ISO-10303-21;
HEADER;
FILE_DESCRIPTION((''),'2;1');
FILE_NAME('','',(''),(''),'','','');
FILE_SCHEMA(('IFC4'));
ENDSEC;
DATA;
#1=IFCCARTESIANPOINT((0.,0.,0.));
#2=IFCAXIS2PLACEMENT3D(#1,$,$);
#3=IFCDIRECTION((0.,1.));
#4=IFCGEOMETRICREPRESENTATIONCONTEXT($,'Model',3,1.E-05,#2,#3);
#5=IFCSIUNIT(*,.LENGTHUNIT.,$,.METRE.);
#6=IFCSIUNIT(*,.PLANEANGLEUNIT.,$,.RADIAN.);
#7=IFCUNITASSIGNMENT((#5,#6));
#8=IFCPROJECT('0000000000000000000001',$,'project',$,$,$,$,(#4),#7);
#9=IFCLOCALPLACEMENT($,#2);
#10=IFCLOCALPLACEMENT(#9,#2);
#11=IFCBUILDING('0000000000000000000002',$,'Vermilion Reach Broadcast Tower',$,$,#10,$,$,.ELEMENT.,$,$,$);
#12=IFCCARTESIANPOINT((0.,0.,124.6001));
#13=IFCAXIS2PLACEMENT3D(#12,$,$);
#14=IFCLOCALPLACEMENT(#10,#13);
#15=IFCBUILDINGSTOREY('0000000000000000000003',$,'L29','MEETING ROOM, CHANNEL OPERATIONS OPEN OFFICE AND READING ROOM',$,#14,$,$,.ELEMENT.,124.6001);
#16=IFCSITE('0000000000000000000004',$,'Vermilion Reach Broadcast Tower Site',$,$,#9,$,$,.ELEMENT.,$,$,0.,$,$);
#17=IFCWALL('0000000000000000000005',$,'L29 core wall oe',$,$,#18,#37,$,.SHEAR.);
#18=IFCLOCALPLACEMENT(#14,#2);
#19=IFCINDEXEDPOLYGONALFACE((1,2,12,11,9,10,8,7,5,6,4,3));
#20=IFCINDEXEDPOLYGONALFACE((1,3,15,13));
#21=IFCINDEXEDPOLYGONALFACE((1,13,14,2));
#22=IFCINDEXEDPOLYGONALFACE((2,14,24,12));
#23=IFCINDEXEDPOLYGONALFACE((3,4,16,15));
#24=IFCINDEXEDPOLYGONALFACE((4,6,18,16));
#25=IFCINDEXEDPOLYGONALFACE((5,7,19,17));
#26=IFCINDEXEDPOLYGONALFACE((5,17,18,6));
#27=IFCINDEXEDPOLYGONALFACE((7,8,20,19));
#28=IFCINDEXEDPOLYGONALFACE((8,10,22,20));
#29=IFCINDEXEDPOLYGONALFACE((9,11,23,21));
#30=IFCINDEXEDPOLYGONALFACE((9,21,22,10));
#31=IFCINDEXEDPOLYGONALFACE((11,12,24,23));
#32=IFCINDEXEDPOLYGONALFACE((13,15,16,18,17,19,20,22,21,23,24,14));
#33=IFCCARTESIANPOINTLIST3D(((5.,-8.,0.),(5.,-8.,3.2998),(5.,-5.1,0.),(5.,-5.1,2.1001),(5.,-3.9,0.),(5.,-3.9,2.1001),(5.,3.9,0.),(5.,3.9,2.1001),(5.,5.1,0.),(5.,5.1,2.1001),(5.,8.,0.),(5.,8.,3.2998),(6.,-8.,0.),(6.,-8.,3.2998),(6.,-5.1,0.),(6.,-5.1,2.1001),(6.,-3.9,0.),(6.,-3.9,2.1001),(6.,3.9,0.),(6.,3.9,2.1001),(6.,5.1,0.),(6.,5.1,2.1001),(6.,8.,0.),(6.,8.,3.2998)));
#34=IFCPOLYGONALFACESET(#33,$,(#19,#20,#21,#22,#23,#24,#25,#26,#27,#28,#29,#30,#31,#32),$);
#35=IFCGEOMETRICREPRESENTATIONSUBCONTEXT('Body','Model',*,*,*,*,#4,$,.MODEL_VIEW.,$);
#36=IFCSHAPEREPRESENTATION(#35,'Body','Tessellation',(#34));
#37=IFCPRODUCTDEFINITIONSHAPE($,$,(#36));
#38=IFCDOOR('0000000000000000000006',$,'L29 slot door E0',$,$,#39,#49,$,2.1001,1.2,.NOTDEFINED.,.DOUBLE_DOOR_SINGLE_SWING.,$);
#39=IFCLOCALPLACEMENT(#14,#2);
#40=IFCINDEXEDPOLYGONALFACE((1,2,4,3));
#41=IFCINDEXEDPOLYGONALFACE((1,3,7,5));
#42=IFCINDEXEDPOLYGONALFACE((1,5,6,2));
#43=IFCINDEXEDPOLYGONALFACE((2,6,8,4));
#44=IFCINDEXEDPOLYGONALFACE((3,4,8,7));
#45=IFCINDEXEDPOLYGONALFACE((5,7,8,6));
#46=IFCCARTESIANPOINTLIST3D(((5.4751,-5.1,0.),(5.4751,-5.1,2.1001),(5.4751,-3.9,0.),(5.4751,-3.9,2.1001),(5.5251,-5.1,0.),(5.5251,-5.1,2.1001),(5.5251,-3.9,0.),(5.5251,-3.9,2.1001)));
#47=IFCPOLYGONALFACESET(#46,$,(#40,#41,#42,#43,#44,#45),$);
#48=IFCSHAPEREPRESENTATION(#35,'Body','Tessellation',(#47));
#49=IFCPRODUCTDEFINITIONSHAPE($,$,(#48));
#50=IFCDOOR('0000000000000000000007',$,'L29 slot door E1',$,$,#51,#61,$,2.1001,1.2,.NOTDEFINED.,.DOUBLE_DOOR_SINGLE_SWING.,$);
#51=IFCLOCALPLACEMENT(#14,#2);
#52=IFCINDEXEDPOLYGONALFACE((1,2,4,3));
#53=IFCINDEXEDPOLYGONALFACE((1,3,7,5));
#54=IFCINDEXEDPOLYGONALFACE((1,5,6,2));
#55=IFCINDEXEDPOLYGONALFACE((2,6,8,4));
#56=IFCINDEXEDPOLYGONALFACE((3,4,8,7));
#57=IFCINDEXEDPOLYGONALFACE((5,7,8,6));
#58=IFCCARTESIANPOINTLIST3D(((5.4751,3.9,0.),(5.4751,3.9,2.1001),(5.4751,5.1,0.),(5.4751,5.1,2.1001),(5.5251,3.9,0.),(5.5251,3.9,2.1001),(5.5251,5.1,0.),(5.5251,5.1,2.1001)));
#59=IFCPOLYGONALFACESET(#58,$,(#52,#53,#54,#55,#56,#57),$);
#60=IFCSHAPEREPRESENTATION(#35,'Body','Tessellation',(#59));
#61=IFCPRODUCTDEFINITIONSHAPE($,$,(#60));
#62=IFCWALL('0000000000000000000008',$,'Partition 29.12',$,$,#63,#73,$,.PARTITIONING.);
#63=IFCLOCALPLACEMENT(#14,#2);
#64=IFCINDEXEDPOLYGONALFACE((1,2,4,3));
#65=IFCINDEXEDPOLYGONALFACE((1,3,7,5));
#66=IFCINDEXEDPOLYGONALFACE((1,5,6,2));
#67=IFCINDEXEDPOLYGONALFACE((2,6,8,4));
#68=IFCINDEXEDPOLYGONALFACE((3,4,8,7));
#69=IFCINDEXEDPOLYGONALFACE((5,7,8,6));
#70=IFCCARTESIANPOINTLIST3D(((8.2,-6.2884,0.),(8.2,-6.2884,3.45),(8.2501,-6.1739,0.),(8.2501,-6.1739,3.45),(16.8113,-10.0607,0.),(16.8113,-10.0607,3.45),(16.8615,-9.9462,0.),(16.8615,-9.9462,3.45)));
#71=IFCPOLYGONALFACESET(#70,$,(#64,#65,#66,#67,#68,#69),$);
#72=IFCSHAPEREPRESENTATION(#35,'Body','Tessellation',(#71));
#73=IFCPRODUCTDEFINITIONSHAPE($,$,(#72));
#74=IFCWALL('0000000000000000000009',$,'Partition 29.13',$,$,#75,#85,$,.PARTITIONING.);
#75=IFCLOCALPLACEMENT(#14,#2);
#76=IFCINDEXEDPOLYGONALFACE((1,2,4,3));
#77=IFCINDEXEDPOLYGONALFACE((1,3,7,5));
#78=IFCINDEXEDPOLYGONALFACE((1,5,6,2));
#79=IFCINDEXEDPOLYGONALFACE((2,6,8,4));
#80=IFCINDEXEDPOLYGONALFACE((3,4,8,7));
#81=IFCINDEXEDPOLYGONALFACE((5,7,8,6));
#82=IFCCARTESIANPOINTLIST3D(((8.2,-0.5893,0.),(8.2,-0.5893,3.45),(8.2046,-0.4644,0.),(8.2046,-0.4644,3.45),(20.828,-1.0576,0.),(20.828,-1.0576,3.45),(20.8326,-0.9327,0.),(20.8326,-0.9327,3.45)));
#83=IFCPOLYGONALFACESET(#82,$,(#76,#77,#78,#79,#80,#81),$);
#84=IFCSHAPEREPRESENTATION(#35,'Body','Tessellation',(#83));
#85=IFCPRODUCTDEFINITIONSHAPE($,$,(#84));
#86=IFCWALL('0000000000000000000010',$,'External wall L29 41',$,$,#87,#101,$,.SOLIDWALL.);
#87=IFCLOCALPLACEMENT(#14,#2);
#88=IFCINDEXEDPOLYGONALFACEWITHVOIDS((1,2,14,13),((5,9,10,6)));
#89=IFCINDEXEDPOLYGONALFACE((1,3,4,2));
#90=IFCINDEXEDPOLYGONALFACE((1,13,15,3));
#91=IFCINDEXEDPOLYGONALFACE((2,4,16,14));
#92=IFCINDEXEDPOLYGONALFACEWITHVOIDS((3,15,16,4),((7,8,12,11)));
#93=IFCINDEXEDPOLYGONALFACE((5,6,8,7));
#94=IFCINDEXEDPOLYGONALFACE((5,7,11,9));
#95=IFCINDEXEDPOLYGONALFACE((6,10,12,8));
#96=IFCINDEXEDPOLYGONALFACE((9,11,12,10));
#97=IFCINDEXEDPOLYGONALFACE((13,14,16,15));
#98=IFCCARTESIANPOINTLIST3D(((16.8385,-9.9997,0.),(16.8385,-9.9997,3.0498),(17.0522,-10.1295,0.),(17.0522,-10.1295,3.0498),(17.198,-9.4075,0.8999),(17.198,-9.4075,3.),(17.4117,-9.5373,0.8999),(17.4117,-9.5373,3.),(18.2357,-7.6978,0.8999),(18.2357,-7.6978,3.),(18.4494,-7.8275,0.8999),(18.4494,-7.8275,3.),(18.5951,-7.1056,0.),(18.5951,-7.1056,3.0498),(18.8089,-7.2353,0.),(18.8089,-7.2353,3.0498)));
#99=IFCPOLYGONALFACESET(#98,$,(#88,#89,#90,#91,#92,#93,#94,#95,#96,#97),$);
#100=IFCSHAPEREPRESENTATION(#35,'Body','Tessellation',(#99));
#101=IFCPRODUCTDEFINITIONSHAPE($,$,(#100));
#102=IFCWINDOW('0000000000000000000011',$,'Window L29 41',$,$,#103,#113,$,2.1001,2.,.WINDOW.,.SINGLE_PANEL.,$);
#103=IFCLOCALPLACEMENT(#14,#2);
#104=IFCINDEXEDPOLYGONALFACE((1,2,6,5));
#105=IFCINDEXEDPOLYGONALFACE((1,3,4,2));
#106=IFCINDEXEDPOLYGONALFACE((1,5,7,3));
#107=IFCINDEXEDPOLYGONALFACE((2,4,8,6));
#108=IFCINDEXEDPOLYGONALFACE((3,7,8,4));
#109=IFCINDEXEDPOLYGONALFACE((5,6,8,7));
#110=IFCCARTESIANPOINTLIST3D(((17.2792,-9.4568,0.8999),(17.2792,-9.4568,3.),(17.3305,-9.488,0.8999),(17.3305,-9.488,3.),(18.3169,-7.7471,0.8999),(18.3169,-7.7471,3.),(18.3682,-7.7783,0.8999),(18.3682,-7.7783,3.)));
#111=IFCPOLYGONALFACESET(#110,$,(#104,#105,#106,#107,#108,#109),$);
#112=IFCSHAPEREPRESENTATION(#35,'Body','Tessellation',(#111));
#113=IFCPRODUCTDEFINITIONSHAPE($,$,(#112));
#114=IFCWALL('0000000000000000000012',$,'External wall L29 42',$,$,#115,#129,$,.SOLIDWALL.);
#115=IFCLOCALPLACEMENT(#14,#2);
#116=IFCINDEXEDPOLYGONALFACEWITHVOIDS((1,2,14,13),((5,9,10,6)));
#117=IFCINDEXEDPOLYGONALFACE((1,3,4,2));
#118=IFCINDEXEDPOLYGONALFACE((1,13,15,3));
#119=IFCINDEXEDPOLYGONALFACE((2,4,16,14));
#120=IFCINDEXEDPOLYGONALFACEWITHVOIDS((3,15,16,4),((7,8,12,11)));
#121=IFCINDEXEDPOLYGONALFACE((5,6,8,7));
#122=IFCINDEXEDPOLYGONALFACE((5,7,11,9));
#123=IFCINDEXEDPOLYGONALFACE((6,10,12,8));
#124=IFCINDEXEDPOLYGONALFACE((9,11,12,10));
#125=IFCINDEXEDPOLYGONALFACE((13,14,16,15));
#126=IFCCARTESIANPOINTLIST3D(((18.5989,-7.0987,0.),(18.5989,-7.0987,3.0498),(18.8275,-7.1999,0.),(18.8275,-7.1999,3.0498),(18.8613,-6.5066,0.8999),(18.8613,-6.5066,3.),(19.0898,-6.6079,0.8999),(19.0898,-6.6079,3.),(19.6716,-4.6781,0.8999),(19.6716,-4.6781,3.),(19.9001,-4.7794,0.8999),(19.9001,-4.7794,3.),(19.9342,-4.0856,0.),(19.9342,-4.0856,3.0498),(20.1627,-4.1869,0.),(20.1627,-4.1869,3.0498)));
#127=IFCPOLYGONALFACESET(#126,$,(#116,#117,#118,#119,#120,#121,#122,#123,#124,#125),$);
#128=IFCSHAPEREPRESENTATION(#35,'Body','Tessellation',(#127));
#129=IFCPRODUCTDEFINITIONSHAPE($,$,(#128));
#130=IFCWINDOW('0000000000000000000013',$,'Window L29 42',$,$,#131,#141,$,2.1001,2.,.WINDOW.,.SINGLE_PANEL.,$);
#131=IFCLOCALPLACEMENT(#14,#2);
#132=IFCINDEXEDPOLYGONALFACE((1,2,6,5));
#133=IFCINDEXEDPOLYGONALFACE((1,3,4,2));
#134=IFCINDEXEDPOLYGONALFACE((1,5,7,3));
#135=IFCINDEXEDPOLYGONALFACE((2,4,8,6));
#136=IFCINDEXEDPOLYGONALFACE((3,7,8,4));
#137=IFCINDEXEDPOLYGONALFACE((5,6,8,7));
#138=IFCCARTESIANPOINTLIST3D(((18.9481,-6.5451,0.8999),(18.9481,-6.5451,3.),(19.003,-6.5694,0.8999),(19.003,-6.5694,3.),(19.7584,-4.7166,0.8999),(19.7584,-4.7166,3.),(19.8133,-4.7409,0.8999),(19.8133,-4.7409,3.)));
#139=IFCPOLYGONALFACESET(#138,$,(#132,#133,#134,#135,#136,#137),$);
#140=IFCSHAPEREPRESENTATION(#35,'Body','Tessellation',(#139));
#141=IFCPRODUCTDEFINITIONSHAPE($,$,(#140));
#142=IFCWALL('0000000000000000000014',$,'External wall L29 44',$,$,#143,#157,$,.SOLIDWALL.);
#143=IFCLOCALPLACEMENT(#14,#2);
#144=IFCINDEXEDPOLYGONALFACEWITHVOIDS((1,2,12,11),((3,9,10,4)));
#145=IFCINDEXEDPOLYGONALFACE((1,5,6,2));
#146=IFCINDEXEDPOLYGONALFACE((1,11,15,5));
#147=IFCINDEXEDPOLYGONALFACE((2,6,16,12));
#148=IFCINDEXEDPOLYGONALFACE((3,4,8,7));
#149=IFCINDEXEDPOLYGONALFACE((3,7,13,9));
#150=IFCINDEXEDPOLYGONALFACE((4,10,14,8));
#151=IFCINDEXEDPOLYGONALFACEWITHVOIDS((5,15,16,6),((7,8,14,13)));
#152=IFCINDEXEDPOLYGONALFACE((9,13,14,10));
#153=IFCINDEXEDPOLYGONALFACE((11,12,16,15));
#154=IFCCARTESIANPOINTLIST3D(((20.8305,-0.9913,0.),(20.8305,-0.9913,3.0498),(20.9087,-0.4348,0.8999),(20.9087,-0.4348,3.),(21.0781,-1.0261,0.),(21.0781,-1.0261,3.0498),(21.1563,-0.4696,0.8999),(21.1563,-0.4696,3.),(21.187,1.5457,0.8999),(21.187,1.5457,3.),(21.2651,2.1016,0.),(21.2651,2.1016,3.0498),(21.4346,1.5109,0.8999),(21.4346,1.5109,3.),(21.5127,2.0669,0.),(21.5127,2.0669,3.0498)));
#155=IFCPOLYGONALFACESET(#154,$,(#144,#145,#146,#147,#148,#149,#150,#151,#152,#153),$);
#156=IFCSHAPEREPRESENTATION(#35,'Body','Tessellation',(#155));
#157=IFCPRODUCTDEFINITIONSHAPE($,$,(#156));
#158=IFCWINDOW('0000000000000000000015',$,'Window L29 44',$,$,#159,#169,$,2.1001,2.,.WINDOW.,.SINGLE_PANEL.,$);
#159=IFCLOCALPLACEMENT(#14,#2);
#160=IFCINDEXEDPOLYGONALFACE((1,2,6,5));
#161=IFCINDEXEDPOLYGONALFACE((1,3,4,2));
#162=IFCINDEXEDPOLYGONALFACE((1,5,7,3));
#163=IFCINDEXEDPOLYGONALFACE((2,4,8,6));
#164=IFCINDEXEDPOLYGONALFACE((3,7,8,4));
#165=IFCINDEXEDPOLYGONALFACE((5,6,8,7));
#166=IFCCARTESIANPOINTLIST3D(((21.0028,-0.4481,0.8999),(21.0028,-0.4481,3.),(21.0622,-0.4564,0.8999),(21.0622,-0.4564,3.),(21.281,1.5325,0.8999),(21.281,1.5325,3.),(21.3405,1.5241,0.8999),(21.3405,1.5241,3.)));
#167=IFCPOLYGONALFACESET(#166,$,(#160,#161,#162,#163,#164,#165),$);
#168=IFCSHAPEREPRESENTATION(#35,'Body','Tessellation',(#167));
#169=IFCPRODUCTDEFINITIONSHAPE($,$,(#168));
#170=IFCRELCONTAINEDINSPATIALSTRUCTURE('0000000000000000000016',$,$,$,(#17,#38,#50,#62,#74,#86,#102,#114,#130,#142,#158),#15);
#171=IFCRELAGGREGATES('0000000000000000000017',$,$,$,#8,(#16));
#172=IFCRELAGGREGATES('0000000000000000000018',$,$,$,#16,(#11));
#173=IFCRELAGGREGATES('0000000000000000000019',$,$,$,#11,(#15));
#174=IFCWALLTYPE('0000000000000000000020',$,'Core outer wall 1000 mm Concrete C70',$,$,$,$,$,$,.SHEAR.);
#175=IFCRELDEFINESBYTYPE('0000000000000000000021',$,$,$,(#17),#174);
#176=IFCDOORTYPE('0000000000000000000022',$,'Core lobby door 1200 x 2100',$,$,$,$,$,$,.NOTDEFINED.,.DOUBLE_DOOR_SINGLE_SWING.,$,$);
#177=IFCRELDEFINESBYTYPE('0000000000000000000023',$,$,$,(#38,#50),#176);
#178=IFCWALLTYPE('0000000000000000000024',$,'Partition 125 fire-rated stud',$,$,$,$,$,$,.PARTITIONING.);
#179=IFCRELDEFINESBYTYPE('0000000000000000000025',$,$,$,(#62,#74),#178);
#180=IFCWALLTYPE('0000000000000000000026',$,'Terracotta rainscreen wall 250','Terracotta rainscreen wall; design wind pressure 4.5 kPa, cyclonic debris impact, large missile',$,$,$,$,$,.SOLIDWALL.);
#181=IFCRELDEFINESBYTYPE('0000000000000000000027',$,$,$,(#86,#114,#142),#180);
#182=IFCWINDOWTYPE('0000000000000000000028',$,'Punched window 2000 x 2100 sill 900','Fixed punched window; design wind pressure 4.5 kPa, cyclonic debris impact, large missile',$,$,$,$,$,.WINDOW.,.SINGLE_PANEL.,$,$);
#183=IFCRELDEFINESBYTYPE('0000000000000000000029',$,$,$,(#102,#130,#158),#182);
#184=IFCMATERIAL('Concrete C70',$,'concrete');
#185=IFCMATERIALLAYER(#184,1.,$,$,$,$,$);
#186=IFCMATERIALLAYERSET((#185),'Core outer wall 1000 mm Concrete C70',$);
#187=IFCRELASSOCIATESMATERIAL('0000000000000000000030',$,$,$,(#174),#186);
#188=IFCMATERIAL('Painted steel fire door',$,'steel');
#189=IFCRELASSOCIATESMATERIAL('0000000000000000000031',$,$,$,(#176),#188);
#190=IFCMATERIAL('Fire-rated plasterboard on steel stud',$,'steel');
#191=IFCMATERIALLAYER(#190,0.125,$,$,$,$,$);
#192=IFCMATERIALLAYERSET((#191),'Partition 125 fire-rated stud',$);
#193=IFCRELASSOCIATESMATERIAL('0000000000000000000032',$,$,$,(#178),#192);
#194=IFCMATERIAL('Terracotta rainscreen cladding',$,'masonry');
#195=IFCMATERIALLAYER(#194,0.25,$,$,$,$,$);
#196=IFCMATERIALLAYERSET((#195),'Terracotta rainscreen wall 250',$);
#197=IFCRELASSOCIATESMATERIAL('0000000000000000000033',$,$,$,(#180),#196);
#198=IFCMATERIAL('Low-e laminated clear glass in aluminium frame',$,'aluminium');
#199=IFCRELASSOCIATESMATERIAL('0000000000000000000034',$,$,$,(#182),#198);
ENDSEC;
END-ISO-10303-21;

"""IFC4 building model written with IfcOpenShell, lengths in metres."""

from ifc_helpers import new_model, si_unit, direction, frame, frame_2d, origin, place, context, subcontext, project, spatial, rectangle, extrude, material, layer, layer_set, type_object, element, fill, save


model = new_model("IFC4")

# Units and contexts
model_context = context("Model", 3, precision=1e-05, world=origin(), true_north=direction((0.0, 1.0)))
body_context = subcontext(model_context, "Body", "Model", "MODEL_VIEW")
ifc_project = project(units=[si_unit("LENGTHUNIT", "METRE"), si_unit("PLANEANGLEUNIT", "RADIAN")], contexts=[model_context])

# Site, building, storey
site_placement = place(None, origin())
site = spatial("IfcSite", under=ifc_project, at=site_placement, Name="Vermilion Reach Broadcast Tower Site", CompositionType="ELEMENT", RefElevation=0.0)
building_placement = place(site_placement, origin())
building = spatial("IfcBuilding", under=site, at=building_placement, Name="Vermilion Reach Broadcast Tower", CompositionType="ELEMENT")
storey_placement = place(building_placement, frame((0.0, 0.0, 124.6001)))
storey = spatial("IfcBuildingStorey", under=building, at=storey_placement, Name="L29", Description="MEETING ROOM, CHANNEL OPERATIONS OPEN OFFICE AND READING ROOM", CompositionType="ELEMENT", Elevation=124.6001)

# Wall, openings, doors
ifc_material_1 = material(Name="Concrete C70", Category="concrete")
ifc_layer_1 = layer(ifc_material_1, 1.0)
ifc_layer_set_1 = layer_set([ifc_layer_1], Name="Core outer wall 1000 mm Concrete C70")
wall_type_1 = type_object("IfcWallType", Name="Core outer wall 1000 mm Concrete C70", PredefinedType="SHEAR", material=ifc_layer_set_1)
wall_1_placement = place(storey_placement, frame((5.5, -8.0, 0.0), z_axis=(0.0, 0.0, 1.0), x_axis=(0.0, 1.0, 0.0)))
wall_1 = element("IfcWall", 1, at=wall_1_placement, inside=storey, type_object=wall_type_1, Name="L29 core wall oe", PredefinedType="SHEAR", context=body_context, shape_type="SweptSolid", body=[
    extrude(rectangle(XDim=16.0, YDim=1.0, at=frame_2d((8.0, 0.0))), origin(), (0.0, 0.0, 1.0), 3.2998),
])
opening_1_placement = place(wall_1_placement, frame((2.8999, 0.0, 0.0)))
opening_1 = element("IfcOpeningElement", 2, at=opening_1_placement, cuts=wall_1, PredefinedType="OPENING", context=body_context, shape_type="SweptSolid", body=[
    extrude(rectangle(XDim=1.2, YDim=2.1001, at=frame_2d((0.6001, 1.05))), frame((0.0, 0.51, 0.0), z_axis=(0.0, -1.0, 0.0), x_axis=(1.0, 0.0, 0.0)), (0.0, 0.0, 1.0), 1.02),
])
opening_2_placement = place(wall_1_placement, frame((11.8999, 0.0, 0.0)))
opening_2 = element("IfcOpeningElement", 3, at=opening_2_placement, cuts=wall_1, PredefinedType="OPENING", context=body_context, shape_type="SweptSolid", body=[
    extrude(rectangle(XDim=1.2, YDim=2.1001, at=frame_2d((0.6001, 1.05))), frame((0.0, 0.51, 0.0), z_axis=(0.0, -1.0, 0.0), x_axis=(1.0, 0.0, 0.0)), (0.0, 0.0, 1.0), 1.02),
])
ifc_material_2 = material(Name="Painted steel fire door", Category="steel")
door_type_1 = type_object("IfcDoorType", Name="Core lobby door 1200 x 2100", OperationType="DOUBLE_DOOR_SINGLE_SWING", PredefinedType="NOTDEFINED", material=ifc_material_2)
door_1_placement = place(opening_1_placement, origin())
door_1 = element("IfcDoor", 4, at=door_1_placement, inside=storey, type_object=door_type_1, Name="L29 slot door E0", OperationType="DOUBLE_DOOR_SINGLE_SWING", OverallHeight=2.1001, OverallWidth=1.2, PredefinedType="NOTDEFINED", context=body_context, shape_type="SweptSolid", body=[
    extrude(rectangle(XDim=1.2, YDim=2.1001, at=frame_2d((0.6001, 1.05))), frame((0.0, 0.0249, 0.0), z_axis=(0.0, -1.0, 0.0), x_axis=(1.0, 0.0, 0.0)), (0.0, 0.0, 1.0), 0.05),
])
fill(opening_1, door_1)
door_2_placement = place(opening_2_placement, origin())
door_2 = element("IfcDoor", 5, at=door_2_placement, inside=storey, type_object=door_type_1, Name="L29 slot door E1", OperationType="DOUBLE_DOOR_SINGLE_SWING", OverallHeight=2.1001, OverallWidth=1.2, PredefinedType="NOTDEFINED", context=body_context, shape_type="SweptSolid", body=[
    extrude(rectangle(XDim=1.2, YDim=2.1001, at=frame_2d((0.6001, 1.05))), frame((0.0, 0.0249, 0.0), z_axis=(0.0, -1.0, 0.0), x_axis=(1.0, 0.0, 0.0)), (0.0, 0.0, 1.0), 0.05),
])
fill(opening_2, door_2)

# Walls
ifc_material_3 = material(Name="Fire-rated plasterboard on steel stud", Category="steel")
ifc_layer_2 = layer(ifc_material_3, 0.125)
ifc_layer_set_2 = layer_set([ifc_layer_2], Name="Partition 125 fire-rated stud")
wall_type_2 = type_object("IfcWallType", Name="Partition 125 fire-rated stud", PredefinedType="PARTITIONING", material=ifc_layer_set_2)
wall_2_placement = place(storey_placement, frame((16.8364, -10.0034, 0.0), z_axis=(0.0, 0.0, 1.0), x_axis=(-0.915971, 0.401244, 0.0)))
element("IfcWall", 6, at=wall_2_placement, inside=storey, type_object=wall_type_2, Name="Partition 29.12", PredefinedType="PARTITIONING", context=body_context, shape_type="SweptSolid", body=[
    extrude(rectangle(XDim=9.4014, YDim=0.125, at=frame_2d((4.7007, 0.0))), origin(), (0.0, 0.0, 1.0), 3.45),
])
wall_3_placement = place(storey_placement, frame((20.8303, -0.9951, 0.0), z_axis=(0.0, 0.0, 1.0), x_axis=(-0.999313, 0.037056, 0.0)))
element("IfcWall", 7, at=wall_3_placement, inside=storey, type_object=wall_type_2, Name="Partition 29.13", PredefinedType="PARTITIONING", context=body_context, shape_type="SweptSolid", body=[
    extrude(rectangle(XDim=12.6367, YDim=0.125, at=frame_2d((6.3184, 0.0))), origin(), (0.0, 0.0, 1.0), 3.45),
])

# Walls, openings, windows
ifc_material_4 = material(Name="Terracotta rainscreen cladding", Category="masonry")
ifc_layer_3 = layer(ifc_material_4, 0.25)
ifc_layer_set_3 = layer_set([ifc_layer_3], Name="Terracotta rainscreen wall 250")
wall_type_3 = type_object("IfcWallType", Name="Terracotta rainscreen wall 250", Description="Terracotta rainscreen wall; design wind pressure 4.5 kPa, cyclonic debris impact, large missile", PredefinedType="SOLIDWALL", material=ifc_layer_set_3)
wall_4_placement = place(storey_placement, frame((16.9453, -10.0647, 0.0), z_axis=(0.0, 0.0, 1.0), x_axis=(0.518869, 0.854854, 0.0)))
wall_4 = element("IfcWall", 8, at=wall_4_placement, inside=storey, type_object=wall_type_3, Name="External wall L29 41", PredefinedType="SOLIDWALL", context=body_context, shape_type="SweptSolid", body=[
    extrude(rectangle(XDim=3.3855, YDim=0.25, at=frame_2d((1.6929, 0.0))), origin(), (0.0, 0.0, 1.0), 3.0498),
])
opening_3_placement = place(wall_4_placement, frame((0.6929, 0.0, 0.8999)))
opening_3 = element("IfcOpeningElement", 9, at=opening_3_placement, cuts=wall_4, PredefinedType="OPENING", context=body_context, shape_type="SweptSolid", body=[
    extrude(rectangle(XDim=2.0, YDim=2.1001, at=frame_2d((1.0, 1.05))), frame((0.0, 0.135, 0.0), z_axis=(0.0, -1.0, 0.0), x_axis=(1.0, 0.0, 0.0)), (0.0, 0.0, 1.0), 0.27),
])
ifc_material_5 = material(Name="Low-e laminated clear glass in aluminium frame", Category="aluminium")
window_type = type_object("IfcWindowType", Name="Punched window 2000 x 2100 sill 900", Description="Fixed punched window; design wind pressure 4.5 kPa, cyclonic debris impact, large missile", PartitioningType="SINGLE_PANEL", PredefinedType="WINDOW", material=ifc_material_5)
window_1_placement = place(opening_3_placement, origin())
window_1 = element("IfcWindow", 10, at=window_1_placement, inside=storey, type_object=window_type, Name="Window L29 41", OverallHeight=2.1001, OverallWidth=2.0, PartitioningType="SINGLE_PANEL", PredefinedType="WINDOW", context=body_context, shape_type="SweptSolid", body=[
    extrude(rectangle(XDim=2.0, YDim=2.1001, at=frame_2d((1.0, 1.05))), frame((0.0, 0.03, 0.0), z_axis=(0.0, -1.0, 0.0), x_axis=(1.0, 0.0, 0.0)), (0.0, 0.0, 1.0), 0.0601),
])
fill(opening_3, window_1)
wall_5_placement = place(storey_placement, frame((18.7131, -7.1494, 0.0), z_axis=(0.0, 0.0, 1.0), x_axis=(0.405155, 0.914248, 0.0)))
wall_5 = element("IfcWall", 11, at=wall_5_placement, inside=storey, type_object=wall_type_3, Name="External wall L29 42", PredefinedType="SOLIDWALL", context=body_context, shape_type="SweptSolid", body=[
    extrude(rectangle(XDim=3.2957, YDim=0.25, at=frame_2d((1.6479, 0.0))), origin(), (0.0, 0.0, 1.0), 3.0498),
])
opening_4_placement = place(wall_5_placement, frame((0.6477, 0.0, 0.8999)))
opening_4 = element("IfcOpeningElement", 12, at=opening_4_placement, cuts=wall_5, PredefinedType="OPENING", context=body_context, shape_type="SweptSolid", body=[
    extrude(rectangle(XDim=2.0, YDim=2.1001, at=frame_2d((1.0, 1.05))), frame((0.0, 0.135, 0.0), z_axis=(0.0, -1.0, 0.0), x_axis=(1.0, 0.0, 0.0)), (0.0, 0.0, 1.0), 0.27),
])
window_2_placement = place(opening_4_placement, origin())
window_2 = element("IfcWindow", 13, at=window_2_placement, inside=storey, type_object=window_type, Name="Window L29 42", OverallHeight=2.1001, OverallWidth=2.0, PartitioningType="SINGLE_PANEL", PredefinedType="WINDOW", context=body_context, shape_type="SweptSolid", body=[
    extrude(rectangle(XDim=2.0, YDim=2.1001, at=frame_2d((1.0, 1.05))), frame((0.0, 0.03, 0.0), z_axis=(0.0, -1.0, 0.0), x_axis=(1.0, 0.0, 0.0)), (0.0, 0.0, 1.0), 0.0601),
])
fill(opening_4, window_2)

# Wall, opening, window
wall_6_placement = place(storey_placement, frame((20.9543, -1.0085, 0.0), z_axis=(0.0, 0.0, 1.0), x_axis=(0.139134, 0.990274, 0.0)))
wall_6 = element("IfcWall", 14, at=wall_6_placement, inside=storey, type_object=wall_type_3, Name="External wall L29 44", PredefinedType="SOLIDWALL", context=body_context, shape_type="SweptSolid", body=[
    extrude(rectangle(XDim=3.1233, YDim=0.25, at=frame_2d((1.5615, 0.0))), origin(), (0.0, 0.0, 1.0), 3.0498),
])
opening_5_placement = place(wall_6_placement, frame((0.5618, 0.0, 0.8999)))
opening_5 = element("IfcOpeningElement", 15, at=opening_5_placement, cuts=wall_6, PredefinedType="OPENING", context=body_context, shape_type="SweptSolid", body=[
    extrude(rectangle(XDim=2.0, YDim=2.1001, at=frame_2d((1.0, 1.05))), frame((0.0, 0.135, 0.0), z_axis=(0.0, -1.0, 0.0), x_axis=(1.0, 0.0, 0.0)), (0.0, 0.0, 1.0), 0.27),
])
window_3_placement = place(opening_5_placement, origin())
window_3 = element("IfcWindow", 16, at=window_3_placement, inside=storey, type_object=window_type, Name="Window L29 44", OverallHeight=2.1001, OverallWidth=2.0, PartitioningType="SINGLE_PANEL", PredefinedType="WINDOW", context=body_context, shape_type="SweptSolid", body=[
    extrude(rectangle(XDim=2.0, YDim=2.1001, at=frame_2d((1.0, 1.05))), frame((0.0, 0.03, 0.0), z_axis=(0.0, -1.0, 0.0), x_axis=(1.0, 0.0, 0.0)), (0.0, 0.0, 1.0), 0.0601),
])
fill(opening_5, window_3)

save(model, "model.ifc")
